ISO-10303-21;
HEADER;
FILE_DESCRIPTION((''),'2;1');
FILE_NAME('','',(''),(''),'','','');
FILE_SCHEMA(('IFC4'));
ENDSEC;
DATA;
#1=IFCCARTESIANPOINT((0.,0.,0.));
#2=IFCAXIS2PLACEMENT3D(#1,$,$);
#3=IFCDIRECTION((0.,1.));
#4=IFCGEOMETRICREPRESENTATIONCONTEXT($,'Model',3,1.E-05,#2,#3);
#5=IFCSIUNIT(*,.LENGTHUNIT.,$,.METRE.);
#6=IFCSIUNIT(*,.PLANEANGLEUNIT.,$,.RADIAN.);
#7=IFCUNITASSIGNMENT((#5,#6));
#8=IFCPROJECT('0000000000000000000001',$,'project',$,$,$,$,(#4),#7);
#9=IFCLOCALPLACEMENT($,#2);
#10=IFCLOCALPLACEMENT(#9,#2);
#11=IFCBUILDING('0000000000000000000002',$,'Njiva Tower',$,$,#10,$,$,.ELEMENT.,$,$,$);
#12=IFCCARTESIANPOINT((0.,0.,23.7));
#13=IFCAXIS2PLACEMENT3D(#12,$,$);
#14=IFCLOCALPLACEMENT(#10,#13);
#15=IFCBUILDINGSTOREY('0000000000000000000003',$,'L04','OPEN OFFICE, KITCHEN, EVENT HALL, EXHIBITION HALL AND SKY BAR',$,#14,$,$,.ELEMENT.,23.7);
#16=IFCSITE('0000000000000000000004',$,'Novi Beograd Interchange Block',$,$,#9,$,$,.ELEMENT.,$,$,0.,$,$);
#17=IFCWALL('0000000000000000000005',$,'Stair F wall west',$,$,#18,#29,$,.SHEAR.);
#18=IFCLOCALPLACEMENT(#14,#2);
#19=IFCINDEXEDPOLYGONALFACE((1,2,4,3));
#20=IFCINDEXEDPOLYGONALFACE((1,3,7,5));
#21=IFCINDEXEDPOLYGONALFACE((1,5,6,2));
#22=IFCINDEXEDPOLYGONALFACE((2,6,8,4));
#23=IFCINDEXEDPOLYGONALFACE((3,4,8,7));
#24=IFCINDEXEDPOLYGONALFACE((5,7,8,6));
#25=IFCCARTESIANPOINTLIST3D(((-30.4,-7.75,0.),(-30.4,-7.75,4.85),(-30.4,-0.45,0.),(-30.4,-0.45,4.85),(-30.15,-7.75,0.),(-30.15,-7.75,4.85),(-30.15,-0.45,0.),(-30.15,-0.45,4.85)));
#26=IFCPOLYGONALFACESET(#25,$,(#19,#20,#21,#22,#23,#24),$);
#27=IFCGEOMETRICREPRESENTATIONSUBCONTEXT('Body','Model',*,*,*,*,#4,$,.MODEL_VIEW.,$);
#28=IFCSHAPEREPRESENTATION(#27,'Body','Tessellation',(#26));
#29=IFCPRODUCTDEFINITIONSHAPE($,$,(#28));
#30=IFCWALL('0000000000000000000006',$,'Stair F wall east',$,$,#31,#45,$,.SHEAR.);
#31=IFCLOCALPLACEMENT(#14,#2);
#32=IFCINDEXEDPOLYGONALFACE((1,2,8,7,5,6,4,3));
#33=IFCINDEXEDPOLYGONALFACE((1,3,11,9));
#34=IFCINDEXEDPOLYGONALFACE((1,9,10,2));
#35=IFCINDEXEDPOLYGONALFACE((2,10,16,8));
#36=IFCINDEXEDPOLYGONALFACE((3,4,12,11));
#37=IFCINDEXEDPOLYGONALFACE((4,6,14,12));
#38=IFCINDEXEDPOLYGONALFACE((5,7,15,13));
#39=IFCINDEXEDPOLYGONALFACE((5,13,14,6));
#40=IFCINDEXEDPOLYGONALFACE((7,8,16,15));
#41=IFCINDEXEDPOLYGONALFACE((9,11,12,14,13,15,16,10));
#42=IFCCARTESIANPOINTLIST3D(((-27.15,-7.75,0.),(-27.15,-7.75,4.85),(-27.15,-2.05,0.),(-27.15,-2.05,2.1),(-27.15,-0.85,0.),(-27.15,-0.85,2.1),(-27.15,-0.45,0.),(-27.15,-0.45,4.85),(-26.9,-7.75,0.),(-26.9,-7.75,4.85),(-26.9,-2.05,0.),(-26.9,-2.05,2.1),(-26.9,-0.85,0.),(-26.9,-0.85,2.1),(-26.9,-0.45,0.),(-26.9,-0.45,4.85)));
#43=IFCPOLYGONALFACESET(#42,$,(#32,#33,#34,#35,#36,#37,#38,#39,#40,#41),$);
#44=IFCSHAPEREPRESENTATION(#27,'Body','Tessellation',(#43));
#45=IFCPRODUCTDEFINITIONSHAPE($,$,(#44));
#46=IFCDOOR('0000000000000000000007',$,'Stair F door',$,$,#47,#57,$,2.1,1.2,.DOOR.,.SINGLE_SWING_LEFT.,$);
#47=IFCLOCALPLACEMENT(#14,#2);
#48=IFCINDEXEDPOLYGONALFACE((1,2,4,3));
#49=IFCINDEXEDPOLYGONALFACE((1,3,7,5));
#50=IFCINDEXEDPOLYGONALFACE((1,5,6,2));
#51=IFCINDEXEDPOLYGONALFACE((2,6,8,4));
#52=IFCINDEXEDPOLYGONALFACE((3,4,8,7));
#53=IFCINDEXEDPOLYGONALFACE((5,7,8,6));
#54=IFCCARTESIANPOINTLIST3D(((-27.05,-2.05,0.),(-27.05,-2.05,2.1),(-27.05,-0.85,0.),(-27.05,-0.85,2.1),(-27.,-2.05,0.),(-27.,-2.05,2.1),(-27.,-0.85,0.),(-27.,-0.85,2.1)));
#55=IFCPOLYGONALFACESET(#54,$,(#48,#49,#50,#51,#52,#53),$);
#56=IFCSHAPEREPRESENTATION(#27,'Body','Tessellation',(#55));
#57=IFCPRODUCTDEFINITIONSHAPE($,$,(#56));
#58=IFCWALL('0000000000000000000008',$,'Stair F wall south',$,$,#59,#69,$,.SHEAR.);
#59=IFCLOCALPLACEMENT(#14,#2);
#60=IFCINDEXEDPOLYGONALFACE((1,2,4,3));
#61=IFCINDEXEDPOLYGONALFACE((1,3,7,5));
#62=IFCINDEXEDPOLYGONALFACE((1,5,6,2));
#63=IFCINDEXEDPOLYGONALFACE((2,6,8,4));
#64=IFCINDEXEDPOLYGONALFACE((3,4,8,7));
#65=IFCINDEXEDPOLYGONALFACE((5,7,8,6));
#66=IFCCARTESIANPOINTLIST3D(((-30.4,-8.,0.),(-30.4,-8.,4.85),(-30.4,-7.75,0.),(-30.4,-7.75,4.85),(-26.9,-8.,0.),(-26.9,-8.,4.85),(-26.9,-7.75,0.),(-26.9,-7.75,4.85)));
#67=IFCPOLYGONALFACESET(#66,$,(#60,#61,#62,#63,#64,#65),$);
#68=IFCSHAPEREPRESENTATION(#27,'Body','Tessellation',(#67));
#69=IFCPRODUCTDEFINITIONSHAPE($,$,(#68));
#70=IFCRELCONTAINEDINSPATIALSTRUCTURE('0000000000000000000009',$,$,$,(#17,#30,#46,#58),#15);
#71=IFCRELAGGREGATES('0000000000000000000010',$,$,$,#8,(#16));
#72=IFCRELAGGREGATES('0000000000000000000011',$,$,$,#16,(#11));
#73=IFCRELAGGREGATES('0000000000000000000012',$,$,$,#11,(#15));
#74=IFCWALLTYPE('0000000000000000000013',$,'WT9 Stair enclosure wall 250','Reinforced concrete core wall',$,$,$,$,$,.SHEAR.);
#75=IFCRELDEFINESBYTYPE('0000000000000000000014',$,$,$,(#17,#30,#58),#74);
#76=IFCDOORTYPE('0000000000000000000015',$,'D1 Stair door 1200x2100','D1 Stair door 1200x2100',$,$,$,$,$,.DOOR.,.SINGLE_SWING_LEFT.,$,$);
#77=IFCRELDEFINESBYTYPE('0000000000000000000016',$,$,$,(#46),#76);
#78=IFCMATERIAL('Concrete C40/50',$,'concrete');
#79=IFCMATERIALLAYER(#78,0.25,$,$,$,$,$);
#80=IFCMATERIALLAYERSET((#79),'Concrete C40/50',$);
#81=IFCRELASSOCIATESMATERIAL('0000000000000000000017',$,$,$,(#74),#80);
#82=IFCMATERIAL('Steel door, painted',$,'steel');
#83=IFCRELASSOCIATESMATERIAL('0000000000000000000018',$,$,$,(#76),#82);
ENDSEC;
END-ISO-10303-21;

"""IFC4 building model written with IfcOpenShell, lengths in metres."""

from ifc_helpers import new_model, si_unit, direction, frame, frame_2d, origin, place, context, subcontext, project, spatial, rectangle, extrude, material, layer, layer_set, type_object, element, fill, save


model = new_model("IFC4")

# Units and contexts
model_context = context("Model", 3, precision=1e-05, world=origin(), true_north=direction((0.0, 1.0)))
body_context = subcontext(model_context, "Body", "Model", "MODEL_VIEW")
ifc_project = project(units=[si_unit("LENGTHUNIT", "METRE"), si_unit("PLANEANGLEUNIT", "RADIAN")], contexts=[model_context])

# Site, building, storey
site_placement = place(None, origin())
site = spatial("IfcSite", under=ifc_project, at=site_placement, Name="Novi Beograd Interchange Block", CompositionType="ELEMENT", RefElevation=0.0)
building_placement = place(site_placement, origin())
building = spatial("IfcBuilding", under=site, at=building_placement, Name="Njiva Tower", CompositionType="ELEMENT")
storey_placement = place(building_placement, frame((0.0, 0.0, 23.7)))
storey = spatial("IfcBuildingStorey", under=building, at=storey_placement, Name="L04", Description="OPEN OFFICE, KITCHEN, EVENT HALL, EXHIBITION HALL AND SKY BAR", CompositionType="ELEMENT", Elevation=23.7)

# Wall
ifc_material_1 = material(Name="Concrete C40/50", Category="concrete")
ifc_layer_1 = layer(ifc_material_1, 0.25)
ifc_layer_set_1 = layer_set([ifc_layer_1], Name="Concrete C40/50")
wall_type_1 = type_object("IfcWallType", Name="WT9 Stair enclosure wall 250", Description="Reinforced concrete core wall", PredefinedType="SHEAR", material=ifc_layer_set_1)
wall_1_placement = place(storey_placement, frame((-30.275, -7.75, 0.0), z_axis=(0.0, 0.0, 1.0), x_axis=(0.0, 1.0, 0.0)))
element("IfcWall", 1, at=wall_1_placement, inside=storey, type_object=wall_type_1, Name="Stair F wall west", PredefinedType="SHEAR", context=body_context, shape_type="SweptSolid", body=[
    extrude(rectangle(XDim=7.3, YDim=0.25, at=frame_2d((3.65, 0.0))), origin(), (0.0, 0.0, 1.0), 4.85),
])

# Wall, opening, door
wall_2_placement = place(storey_placement, frame((-27.025, -7.75, 0.0), z_axis=(0.0, 0.0, 1.0), x_axis=(0.0, 1.0, 0.0)))
wall_2 = element("IfcWall", 2, at=wall_2_placement, inside=storey, type_object=wall_type_1, Name="Stair F wall east", PredefinedType="SHEAR", context=body_context, shape_type="SweptSolid", body=[
    extrude(rectangle(XDim=7.3, YDim=0.25, at=frame_2d((3.65, 0.0))), origin(), (0.0, 0.0, 1.0), 4.85),
])
opening_1_placement = place(wall_2_placement, frame((5.7, 0.0, 0.0)))
opening_1 = element("IfcOpeningElement", 3, at=opening_1_placement, cuts=wall_2, PredefinedType="OPENING", context=body_context, shape_type="SweptSolid", body=[
    extrude(rectangle(XDim=1.2, YDim=2.1, at=frame_2d((0.6, 1.05))), frame((0.0, 0.135, 0.0), z_axis=(0.0, -1.0, 0.0), x_axis=(1.0, 0.0, 0.0)), (0.0, 0.0, 1.0), 0.27),
])
ifc_material_2 = material(Name="Steel door, painted", Category="steel")
door_type_1 = type_object("IfcDoorType", Name="D1 Stair door 1200x2100", Description="D1 Stair door 1200x2100", OperationType="SINGLE_SWING_LEFT", PredefinedType="DOOR", material=ifc_material_2)
door_1_placement = place(opening_1_placement, origin())
door_1 = element("IfcDoor", 4, at=door_1_placement, inside=storey, type_object=door_type_1, Name="Stair F door", OperationType="SINGLE_SWING_LEFT", OverallHeight=2.1, OverallWidth=1.2, PredefinedType="DOOR", context=body_context, shape_type="SweptSolid", body=[
    extrude(rectangle(XDim=1.2, YDim=2.1, at=frame_2d((0.6, 1.05))), frame((0.0, 0.025, 0.0), z_axis=(0.0, -1.0, 0.0), x_axis=(1.0, 0.0, 0.0)), (0.0, 0.0, 1.0), 0.05),
])
fill(opening_1, door_1)

# Wall
wall_3_placement = place(storey_placement, frame((-30.4, -7.875, 0.0), z_axis=(0.0, 0.0, 1.0), x_axis=(1.0, 0.0, 0.0)))
element("IfcWall", 5, at=wall_3_placement, inside=storey, type_object=wall_type_1, Name="Stair F wall south", PredefinedType="SHEAR", context=body_context, shape_type="SweptSolid", body=[
    extrude(rectangle(XDim=3.5, YDim=0.25, at=frame_2d((1.75, 0.0))), origin(), (0.0, 0.0, 1.0), 4.85),
])

save(model, "model.ifc")
